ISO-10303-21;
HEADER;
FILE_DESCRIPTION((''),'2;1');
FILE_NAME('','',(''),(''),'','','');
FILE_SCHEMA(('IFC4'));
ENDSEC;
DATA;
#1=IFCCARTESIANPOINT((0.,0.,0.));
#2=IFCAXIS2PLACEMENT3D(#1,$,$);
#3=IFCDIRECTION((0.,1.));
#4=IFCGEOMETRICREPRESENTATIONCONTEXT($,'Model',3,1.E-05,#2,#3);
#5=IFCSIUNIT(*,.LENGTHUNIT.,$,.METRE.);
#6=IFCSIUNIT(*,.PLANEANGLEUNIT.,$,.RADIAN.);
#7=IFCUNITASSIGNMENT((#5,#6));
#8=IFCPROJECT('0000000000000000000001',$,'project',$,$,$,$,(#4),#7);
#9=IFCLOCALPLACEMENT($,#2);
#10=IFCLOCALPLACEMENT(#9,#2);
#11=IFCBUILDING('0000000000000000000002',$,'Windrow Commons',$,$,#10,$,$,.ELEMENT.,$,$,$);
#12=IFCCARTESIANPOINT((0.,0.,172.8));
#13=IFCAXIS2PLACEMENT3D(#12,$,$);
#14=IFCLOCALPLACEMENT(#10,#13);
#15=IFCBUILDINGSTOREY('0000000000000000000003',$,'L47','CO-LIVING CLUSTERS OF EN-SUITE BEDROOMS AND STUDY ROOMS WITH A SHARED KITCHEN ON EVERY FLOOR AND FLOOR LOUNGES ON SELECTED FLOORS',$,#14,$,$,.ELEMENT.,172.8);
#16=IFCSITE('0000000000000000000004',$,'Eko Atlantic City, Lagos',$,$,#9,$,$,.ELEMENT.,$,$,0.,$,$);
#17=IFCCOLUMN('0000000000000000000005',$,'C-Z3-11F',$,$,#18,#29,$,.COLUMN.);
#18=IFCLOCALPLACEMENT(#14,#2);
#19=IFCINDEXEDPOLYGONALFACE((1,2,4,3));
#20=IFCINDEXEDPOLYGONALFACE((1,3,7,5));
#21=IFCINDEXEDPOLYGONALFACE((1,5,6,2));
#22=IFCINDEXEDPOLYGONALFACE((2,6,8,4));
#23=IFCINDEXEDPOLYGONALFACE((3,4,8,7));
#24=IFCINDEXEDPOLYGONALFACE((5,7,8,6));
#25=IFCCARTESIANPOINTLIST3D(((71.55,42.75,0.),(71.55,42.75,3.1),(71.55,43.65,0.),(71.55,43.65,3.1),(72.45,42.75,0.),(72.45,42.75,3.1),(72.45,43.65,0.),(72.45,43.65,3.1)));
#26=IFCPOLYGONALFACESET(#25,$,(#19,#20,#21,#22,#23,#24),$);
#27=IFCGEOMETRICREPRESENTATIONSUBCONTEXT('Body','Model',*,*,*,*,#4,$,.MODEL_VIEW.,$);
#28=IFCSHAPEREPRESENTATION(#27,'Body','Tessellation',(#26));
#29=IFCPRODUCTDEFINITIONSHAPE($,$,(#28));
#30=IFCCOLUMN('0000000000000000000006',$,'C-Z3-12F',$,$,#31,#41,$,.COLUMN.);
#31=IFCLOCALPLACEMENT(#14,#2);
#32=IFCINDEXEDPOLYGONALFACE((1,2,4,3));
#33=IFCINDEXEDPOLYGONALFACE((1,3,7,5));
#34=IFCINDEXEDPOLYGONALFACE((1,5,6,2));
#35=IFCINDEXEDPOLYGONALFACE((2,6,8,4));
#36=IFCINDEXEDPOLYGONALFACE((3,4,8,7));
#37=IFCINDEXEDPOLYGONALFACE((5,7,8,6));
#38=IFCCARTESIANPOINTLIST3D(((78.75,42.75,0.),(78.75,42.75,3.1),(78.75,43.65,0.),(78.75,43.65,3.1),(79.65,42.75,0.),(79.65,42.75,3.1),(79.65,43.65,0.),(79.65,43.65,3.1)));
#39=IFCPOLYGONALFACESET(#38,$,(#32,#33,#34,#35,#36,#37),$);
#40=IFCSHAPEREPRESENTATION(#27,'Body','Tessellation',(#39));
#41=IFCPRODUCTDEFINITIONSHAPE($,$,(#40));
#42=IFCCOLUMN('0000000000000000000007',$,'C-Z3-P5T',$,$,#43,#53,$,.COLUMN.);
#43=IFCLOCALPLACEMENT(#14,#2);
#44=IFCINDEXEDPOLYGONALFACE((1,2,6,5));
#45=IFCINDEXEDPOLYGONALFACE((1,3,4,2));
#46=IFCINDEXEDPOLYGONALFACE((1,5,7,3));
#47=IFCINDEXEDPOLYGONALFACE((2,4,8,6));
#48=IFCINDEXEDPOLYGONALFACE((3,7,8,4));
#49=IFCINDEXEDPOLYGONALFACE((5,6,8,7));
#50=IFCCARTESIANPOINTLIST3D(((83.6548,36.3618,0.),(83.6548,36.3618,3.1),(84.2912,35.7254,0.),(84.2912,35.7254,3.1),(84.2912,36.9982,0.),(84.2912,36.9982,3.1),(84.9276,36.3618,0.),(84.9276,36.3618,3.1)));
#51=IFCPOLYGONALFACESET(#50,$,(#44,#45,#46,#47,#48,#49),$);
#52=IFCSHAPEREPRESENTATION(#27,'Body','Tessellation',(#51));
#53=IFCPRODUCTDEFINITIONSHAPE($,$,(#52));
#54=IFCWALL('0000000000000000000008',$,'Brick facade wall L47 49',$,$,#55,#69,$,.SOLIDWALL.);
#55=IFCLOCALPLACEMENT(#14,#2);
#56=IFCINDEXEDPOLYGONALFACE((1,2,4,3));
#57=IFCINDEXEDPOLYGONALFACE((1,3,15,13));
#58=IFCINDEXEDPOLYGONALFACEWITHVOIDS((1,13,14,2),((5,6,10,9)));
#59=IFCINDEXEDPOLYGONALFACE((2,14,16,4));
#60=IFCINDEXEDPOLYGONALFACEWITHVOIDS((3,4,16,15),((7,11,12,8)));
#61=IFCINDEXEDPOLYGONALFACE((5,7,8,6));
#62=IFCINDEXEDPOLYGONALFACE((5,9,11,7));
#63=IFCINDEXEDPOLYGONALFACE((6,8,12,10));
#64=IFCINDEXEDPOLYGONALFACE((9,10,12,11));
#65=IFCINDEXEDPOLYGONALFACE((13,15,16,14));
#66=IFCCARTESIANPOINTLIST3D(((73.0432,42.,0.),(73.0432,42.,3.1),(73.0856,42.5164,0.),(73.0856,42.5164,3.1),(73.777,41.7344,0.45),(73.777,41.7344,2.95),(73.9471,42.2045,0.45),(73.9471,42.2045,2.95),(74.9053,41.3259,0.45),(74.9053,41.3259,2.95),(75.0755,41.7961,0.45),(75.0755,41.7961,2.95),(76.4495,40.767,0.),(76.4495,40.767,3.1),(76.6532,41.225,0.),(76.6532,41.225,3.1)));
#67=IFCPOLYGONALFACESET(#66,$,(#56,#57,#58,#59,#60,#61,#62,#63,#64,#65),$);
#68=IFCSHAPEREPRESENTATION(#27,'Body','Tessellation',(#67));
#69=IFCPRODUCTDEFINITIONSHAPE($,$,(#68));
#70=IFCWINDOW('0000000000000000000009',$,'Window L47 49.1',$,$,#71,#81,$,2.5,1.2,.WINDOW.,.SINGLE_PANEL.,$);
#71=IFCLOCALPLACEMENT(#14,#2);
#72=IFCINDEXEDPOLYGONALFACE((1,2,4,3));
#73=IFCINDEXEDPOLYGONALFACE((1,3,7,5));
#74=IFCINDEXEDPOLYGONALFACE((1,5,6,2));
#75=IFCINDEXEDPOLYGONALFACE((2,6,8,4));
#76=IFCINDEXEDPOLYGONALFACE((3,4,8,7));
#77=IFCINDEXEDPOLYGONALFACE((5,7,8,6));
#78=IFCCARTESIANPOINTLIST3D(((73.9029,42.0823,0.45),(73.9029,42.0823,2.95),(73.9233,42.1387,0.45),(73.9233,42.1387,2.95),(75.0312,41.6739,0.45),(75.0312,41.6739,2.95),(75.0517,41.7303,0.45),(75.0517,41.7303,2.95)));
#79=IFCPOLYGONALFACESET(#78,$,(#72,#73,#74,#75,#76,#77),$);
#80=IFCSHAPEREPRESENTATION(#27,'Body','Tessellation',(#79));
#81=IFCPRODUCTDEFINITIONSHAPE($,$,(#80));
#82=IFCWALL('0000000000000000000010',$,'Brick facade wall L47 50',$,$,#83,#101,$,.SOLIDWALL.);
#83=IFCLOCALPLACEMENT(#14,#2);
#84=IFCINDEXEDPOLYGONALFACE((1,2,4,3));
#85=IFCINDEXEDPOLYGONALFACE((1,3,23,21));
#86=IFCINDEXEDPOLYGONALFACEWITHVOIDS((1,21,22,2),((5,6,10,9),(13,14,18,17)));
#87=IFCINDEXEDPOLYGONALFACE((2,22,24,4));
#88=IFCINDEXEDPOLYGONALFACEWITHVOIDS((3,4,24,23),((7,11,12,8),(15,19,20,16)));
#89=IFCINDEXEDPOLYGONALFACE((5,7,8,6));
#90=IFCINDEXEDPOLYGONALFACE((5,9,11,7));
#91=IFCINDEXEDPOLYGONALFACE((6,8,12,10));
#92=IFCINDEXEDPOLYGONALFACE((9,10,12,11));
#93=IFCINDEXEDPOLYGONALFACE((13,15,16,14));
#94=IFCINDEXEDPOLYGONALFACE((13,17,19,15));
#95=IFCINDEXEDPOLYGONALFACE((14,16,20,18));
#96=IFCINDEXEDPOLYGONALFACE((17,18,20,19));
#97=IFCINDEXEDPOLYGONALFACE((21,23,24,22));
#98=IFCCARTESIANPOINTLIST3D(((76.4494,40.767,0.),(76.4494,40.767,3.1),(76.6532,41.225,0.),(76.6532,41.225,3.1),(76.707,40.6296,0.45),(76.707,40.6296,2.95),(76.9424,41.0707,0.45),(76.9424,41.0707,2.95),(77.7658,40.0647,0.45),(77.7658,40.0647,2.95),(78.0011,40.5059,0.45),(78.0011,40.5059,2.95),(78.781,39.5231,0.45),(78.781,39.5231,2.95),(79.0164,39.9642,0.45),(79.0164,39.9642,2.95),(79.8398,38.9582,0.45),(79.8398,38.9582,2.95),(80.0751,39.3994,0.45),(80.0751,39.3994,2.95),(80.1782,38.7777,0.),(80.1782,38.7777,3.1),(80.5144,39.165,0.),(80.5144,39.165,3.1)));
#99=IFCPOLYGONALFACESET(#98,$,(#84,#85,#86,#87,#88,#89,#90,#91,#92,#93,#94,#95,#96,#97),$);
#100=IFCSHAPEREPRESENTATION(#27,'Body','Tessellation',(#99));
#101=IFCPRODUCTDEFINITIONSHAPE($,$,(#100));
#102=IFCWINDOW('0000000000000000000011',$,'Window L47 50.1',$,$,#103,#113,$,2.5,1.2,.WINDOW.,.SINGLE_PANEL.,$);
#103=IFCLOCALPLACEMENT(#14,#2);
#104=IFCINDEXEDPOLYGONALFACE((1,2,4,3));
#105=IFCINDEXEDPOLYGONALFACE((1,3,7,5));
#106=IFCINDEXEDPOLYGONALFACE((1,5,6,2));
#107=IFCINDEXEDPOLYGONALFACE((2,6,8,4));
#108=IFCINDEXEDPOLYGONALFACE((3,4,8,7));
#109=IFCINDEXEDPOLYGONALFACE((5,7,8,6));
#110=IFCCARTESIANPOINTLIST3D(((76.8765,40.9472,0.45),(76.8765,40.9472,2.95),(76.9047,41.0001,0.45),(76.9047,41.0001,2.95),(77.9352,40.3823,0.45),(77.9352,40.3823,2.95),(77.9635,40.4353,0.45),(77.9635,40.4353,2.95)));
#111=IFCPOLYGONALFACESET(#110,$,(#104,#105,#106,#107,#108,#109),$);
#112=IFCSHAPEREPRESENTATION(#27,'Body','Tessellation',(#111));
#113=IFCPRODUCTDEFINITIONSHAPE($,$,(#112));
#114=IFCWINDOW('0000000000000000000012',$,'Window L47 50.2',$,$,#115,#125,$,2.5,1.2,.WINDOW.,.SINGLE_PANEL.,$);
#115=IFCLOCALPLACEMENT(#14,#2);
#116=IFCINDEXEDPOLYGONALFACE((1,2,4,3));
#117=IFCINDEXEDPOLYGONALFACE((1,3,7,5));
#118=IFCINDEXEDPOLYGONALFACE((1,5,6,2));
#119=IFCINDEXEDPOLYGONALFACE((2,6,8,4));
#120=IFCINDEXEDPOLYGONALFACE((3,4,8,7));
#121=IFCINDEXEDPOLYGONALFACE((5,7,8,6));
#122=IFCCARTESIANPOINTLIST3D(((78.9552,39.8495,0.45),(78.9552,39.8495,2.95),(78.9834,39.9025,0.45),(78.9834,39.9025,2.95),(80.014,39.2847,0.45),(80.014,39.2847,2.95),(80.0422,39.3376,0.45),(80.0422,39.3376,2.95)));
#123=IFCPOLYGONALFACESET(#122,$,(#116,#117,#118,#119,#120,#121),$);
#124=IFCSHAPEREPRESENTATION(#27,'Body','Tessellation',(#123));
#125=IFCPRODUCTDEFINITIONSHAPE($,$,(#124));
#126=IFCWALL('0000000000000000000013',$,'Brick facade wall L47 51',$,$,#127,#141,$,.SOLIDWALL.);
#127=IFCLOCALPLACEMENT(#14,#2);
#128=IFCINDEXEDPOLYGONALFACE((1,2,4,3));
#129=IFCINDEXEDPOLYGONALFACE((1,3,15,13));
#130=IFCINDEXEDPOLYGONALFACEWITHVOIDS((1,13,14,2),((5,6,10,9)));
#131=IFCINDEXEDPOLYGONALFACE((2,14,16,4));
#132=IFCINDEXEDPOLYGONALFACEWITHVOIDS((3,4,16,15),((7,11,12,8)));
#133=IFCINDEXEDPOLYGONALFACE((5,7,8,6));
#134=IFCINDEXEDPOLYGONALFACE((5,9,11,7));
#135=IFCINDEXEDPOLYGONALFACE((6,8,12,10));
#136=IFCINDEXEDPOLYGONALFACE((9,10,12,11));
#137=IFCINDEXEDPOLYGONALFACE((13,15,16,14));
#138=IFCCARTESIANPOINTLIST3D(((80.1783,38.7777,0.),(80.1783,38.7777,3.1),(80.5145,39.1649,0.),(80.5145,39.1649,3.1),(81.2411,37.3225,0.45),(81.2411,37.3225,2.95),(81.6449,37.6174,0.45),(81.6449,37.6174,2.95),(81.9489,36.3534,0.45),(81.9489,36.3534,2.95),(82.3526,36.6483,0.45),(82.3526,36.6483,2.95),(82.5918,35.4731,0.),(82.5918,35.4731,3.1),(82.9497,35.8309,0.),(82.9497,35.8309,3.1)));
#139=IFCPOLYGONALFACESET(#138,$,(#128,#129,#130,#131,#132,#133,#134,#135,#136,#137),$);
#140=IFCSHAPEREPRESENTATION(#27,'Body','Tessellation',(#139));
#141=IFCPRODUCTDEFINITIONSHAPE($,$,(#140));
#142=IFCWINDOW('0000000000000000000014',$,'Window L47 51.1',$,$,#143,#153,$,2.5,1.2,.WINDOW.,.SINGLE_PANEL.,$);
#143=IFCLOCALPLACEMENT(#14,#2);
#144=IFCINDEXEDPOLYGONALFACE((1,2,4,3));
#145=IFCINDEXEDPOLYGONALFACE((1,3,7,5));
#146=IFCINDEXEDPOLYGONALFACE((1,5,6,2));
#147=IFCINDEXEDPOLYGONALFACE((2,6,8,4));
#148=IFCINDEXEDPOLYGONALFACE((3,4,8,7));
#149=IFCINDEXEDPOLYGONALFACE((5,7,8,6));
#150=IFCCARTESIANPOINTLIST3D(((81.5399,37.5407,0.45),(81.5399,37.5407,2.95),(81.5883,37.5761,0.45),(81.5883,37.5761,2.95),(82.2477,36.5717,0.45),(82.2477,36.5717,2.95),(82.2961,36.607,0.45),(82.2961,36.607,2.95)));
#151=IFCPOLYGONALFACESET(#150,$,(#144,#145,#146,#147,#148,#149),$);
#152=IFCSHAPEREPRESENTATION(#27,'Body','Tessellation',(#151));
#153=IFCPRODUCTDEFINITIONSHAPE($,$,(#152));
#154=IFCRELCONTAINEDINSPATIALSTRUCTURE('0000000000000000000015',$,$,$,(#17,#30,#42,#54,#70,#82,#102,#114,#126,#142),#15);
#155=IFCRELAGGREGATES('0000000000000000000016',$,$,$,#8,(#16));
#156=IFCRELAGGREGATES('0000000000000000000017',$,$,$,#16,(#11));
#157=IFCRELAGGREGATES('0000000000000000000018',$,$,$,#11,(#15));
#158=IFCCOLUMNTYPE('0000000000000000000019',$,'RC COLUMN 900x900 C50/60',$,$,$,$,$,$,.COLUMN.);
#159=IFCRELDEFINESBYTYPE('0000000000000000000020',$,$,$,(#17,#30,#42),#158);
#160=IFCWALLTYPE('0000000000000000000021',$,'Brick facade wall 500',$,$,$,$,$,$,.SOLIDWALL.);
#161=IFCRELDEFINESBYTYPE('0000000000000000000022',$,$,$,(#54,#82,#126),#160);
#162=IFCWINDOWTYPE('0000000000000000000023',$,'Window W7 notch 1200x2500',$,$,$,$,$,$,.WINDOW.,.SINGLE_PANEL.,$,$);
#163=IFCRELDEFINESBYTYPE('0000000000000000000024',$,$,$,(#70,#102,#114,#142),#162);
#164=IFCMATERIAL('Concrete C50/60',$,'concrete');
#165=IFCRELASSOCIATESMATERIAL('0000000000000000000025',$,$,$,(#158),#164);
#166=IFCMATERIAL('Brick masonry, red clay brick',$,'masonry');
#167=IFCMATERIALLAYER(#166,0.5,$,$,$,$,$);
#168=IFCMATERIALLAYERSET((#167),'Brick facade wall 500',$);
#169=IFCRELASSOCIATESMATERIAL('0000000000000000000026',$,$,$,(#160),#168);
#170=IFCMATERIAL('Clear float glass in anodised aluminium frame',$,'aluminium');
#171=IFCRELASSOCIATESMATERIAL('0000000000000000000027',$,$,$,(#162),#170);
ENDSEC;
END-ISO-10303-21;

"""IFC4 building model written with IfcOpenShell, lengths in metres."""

from ifc_helpers import new_model, si_unit, direction, frame, frame_2d, origin, origin_2d, place, context, subcontext, project, spatial, polyline, rectangle, outline, extrude, material, layer, layer_set, material_profile, profile_set, type_object, element, fill, save


model = new_model("IFC4")

# Units and contexts
model_context = context("Model", 3, precision=1e-05, world=origin(), true_north=direction((0.0, 1.0)))
body_context = subcontext(model_context, "Body", "Model", "MODEL_VIEW")
ifc_project = project(units=[si_unit("LENGTHUNIT", "METRE"), si_unit("PLANEANGLEUNIT", "RADIAN")], contexts=[model_context])

# Site, building, storey
site_placement = place(None, origin())
site = spatial("IfcSite", under=ifc_project, at=site_placement, Name="Eko Atlantic City, Lagos", CompositionType="ELEMENT", RefElevation=0.0)
building_placement = place(site_placement, origin())
building = spatial("IfcBuilding", under=site, at=building_placement, Name="Windrow Commons", CompositionType="ELEMENT")
storey_placement = place(building_placement, frame((0.0, 0.0, 172.8)))
storey = spatial("IfcBuildingStorey", under=building, at=storey_placement, Name="L47", Description="CO-LIVING CLUSTERS OF EN-SUITE BEDROOMS AND STUDY ROOMS WITH A SHARED KITCHEN ON EVERY FLOOR AND FLOOR LOUNGES ON SELECTED FLOORS", CompositionType="ELEMENT", Elevation=172.8)

# Columns
ifc_material_1 = material(Name="Concrete C50/60", Category="concrete")
ifc_material_profile = material_profile(ifc_material_1, rectangle(XDim=0.9, YDim=0.9, at=origin_2d()))
ifc_profile_set = profile_set([ifc_material_profile], Name="Concrete C50/60")
column_type = type_object("IfcColumnType", Name="RC COLUMN 900x900 C50/60", PredefinedType="COLUMN", material=ifc_profile_set)
for number, where, z_axis, x_axis, name in (
    (1, (72.0, 43.2, 0.0), (0.0, 0.0, 1.0), (1.0, 0.0, 0.0), "C-Z3-11F"),
    (2, (79.2, 43.2, 0.0), (0.0, 0.0, 1.0), (1.0, 0.0, 0.0), "C-Z3-12F"),
    (3, (84.2912, 36.3618, 0.0), (0.0, 0.0, 1.0), (0.707107, -0.707107, 0.0), "C-Z3-P5T"),
):
    element("IfcColumn", number, at=place(storey_placement, frame(where, z_axis=z_axis, x_axis=x_axis)), inside=storey, type_object=column_type, Name=name, PredefinedType="COLUMN", context=body_context, shape_type="SweptSolid", body=[
        extrude(rectangle(XDim=0.9, YDim=0.9, at=origin_2d()), origin(), (0.0, 0.0, 1.0), 3.1),
    ])

# Wall, opening, window
ifc_material_2 = material(Name="Brick masonry, red clay brick", Category="masonry")
ifc_layer_1 = layer(ifc_material_2, 0.5)
ifc_layer_set_1 = layer_set([ifc_layer_1], Name="Brick facade wall 500")
wall_type_1 = type_object("IfcWallType", Name="Brick facade wall 500", PredefinedType="SOLIDWALL", material=ifc_layer_set_1)
wall_1_placement = place(storey_placement, frame((73.0644, 42.2582, 0.0), z_axis=(0.0, 0.0, 1.0), x_axis=(0.940292, -0.34037, 0.0)))
wall_1 = element("IfcWall", 4, at=wall_1_placement, inside=storey, type_object=wall_type_1, Name="Brick facade wall L47 49", PredefinedType="SOLIDWALL", context=body_context, shape_type="SweptSolid", body=[
    extrude(outline(polyline([(0.068, -0.25), (3.6905, -0.25), (3.7262, 0.25), (-0.068, 0.25), (0.068, -0.25)])), origin(), (0.0, 0.0, 1.0), 3.1),
])
opening_1_placement = place(wall_1_placement, frame((0.8483, 0.0, 0.45)))
opening_1 = element("IfcOpeningElement", 5, at=opening_1_placement, cuts=wall_1, PredefinedType="OPENING", context=body_context, shape_type="SweptSolid", body=[
    extrude(rectangle(XDim=1.2, YDim=2.5, at=frame_2d((0.6, 1.25))), frame((0.0, 0.26, 0.0), z_axis=(0.0, -1.0, 0.0), x_axis=(1.0, 0.0, 0.0)), (0.0, 0.0, 1.0), 0.52),
])
ifc_material_3 = material(Name="Clear float glass in anodised aluminium frame", Category="aluminium")
window_type_1 = type_object("IfcWindowType", Name="Window W7 notch 1200x2500", PartitioningType="SINGLE_PANEL", PredefinedType="WINDOW", material=ifc_material_3)
window_1_placement = place(opening_1_placement, origin())
window_1 = element("IfcWindow", 6, at=window_1_placement, inside=storey, type_object=window_type_1, Name="Window L47 49.1", OverallHeight=2.5, OverallWidth=1.2, PartitioningType="SINGLE_PANEL", PredefinedType="WINDOW", context=body_context, shape_type="SweptSolid", body=[
    extrude(rectangle(XDim=1.2, YDim=2.5, at=frame_2d((0.6, 1.25))), frame((0.0, 0.18, 0.0), z_axis=(0.0, -1.0, 0.0), x_axis=(1.0, 0.0, 0.0)), (0.0, 0.0, 1.0), 0.06),
])
fill(opening_1, window_1)

# Wall, openings, windows
wall_2_placement = place(storey_placement, frame((76.5513, 40.996, 0.0), z_axis=(0.0, 0.0, 1.0), x_axis=(0.882291, -0.470705, 0.0)))
wall_2 = element("IfcWall", 7, at=wall_2_placement, inside=storey, type_object=wall_type_1, Name="Brick facade wall L47 50", PredefinedType="SOLIDWALL", context=body_context, shape_type="SweptSolid", body=[
    extrude(outline(polyline([(0.0179, -0.25), (4.2441, -0.25), (4.3585, 0.25), (-0.0179, 0.25), (0.0179, -0.25)])), origin(), (0.0, 0.0, 1.0), 3.1),
])
opening_2_placement = place(wall_2_placement, frame((0.3099, 0.0, 0.45)))
opening_2 = element("IfcOpeningElement", 8, at=opening_2_placement, cuts=wall_2, PredefinedType="OPENING", context=body_context, shape_type="SweptSolid", body=[
    extrude(rectangle(XDim=1.2, YDim=2.5, at=frame_2d((0.6, 1.25))), frame((0.0, 0.26, 0.0), z_axis=(0.0, -1.0, 0.0), x_axis=(1.0, 0.0, 0.0)), (0.0, 0.0, 1.0), 0.52),
])
opening_3_placement = place(wall_2_placement, frame((2.6606, 0.0, 0.45)))
opening_3 = element("IfcOpeningElement", 9, at=opening_3_placement, cuts=wall_2, PredefinedType="OPENING", context=body_context, shape_type="SweptSolid", body=[
    extrude(rectangle(XDim=1.2, YDim=2.5, at=frame_2d((0.6, 1.25))), frame((0.0, 0.26, 0.0), z_axis=(0.0, -1.0, 0.0), x_axis=(1.0, 0.0, 0.0)), (0.0, 0.0, 1.0), 0.52),
])
window_2_placement = place(opening_2_placement, origin())
window_2 = element("IfcWindow", 10, at=window_2_placement, inside=storey, type_object=window_type_1, Name="Window L47 50.1", OverallHeight=2.5, OverallWidth=1.2, PartitioningType="SINGLE_PANEL", PredefinedType="WINDOW", context=body_context, shape_type="SweptSolid", body=[
    extrude(rectangle(XDim=1.2, YDim=2.5, at=frame_2d((0.6, 1.25))), frame((0.0, 0.17, 0.0), z_axis=(0.0, -1.0, 0.0), x_axis=(1.0, 0.0, 0.0)), (0.0, 0.0, 1.0), 0.06),
])
fill(opening_2, window_2)
window_3_placement = place(opening_3_placement, origin())
window_3 = element("IfcWindow", 11, at=window_3_placement, inside=storey, type_object=window_type_1, Name="Window L47 50.2", OverallHeight=2.5, OverallWidth=1.2, PartitioningType="SINGLE_PANEL", PredefinedType="WINDOW", context=body_context, shape_type="SweptSolid", body=[
    extrude(rectangle(XDim=1.2, YDim=2.5, at=frame_2d((0.6, 1.25))), frame((0.0, 0.18, 0.0), z_axis=(0.0, -1.0, 0.0), x_axis=(1.0, 0.0, 0.0)), (0.0, 0.0, 1.0), 0.06),
])
fill(opening_3, window_3)

# Wall, opening, window
wall_3_placement = place(storey_placement, frame((80.3464, 38.9713, 0.0), z_axis=(0.0, 0.0, 1.0), x_axis=(0.589815, -0.807538, 0.0)))
wall_3 = element("IfcWall", 12, at=wall_3_placement, inside=storey, type_object=wall_type_1, Name="Brick facade wall L47 51", PredefinedType="SOLIDWALL", context=body_context, shape_type="SweptSolid", body=[
    extrude(outline(polyline([(0.0572, -0.25), (4.1493, -0.25), (4.0714, 0.25), (-0.0572, 0.25), (0.0572, -0.25)])), origin(), (0.0, 0.0, 1.0), 3.1),
])
opening_4_placement = place(wall_3_placement, frame((1.8592, 0.0, 0.45)))
opening_4 = element("IfcOpeningElement", 13, at=opening_4_placement, cuts=wall_3, PredefinedType="OPENING", context=body_context, shape_type="SweptSolid", body=[
    extrude(rectangle(XDim=1.2, YDim=2.5, at=frame_2d((0.6, 1.25))), frame((0.0, 0.26, 0.0), z_axis=(0.0, -1.0, 0.0), x_axis=(1.0, 0.0, 0.0)), (0.0, 0.0, 1.0), 0.52),
])
window_4_placement = place(opening_4_placement, origin())
window_4 = element("IfcWindow", 14, at=window_4_placement, inside=storey, type_object=window_type_1, Name="Window L47 51.1", OverallHeight=2.5, OverallWidth=1.2, PartitioningType="SINGLE_PANEL", PredefinedType="WINDOW", context=body_context, shape_type="SweptSolid", body=[
    extrude(rectangle(XDim=1.2, YDim=2.5, at=frame_2d((0.6, 1.25))), frame((0.0, 0.18, 0.0), z_axis=(0.0, -1.0, 0.0), x_axis=(1.0, 0.0, 0.0)), (0.0, 0.0, 1.0), 0.06),
])
fill(opening_4, window_4)

save(model, "model.ifc")
